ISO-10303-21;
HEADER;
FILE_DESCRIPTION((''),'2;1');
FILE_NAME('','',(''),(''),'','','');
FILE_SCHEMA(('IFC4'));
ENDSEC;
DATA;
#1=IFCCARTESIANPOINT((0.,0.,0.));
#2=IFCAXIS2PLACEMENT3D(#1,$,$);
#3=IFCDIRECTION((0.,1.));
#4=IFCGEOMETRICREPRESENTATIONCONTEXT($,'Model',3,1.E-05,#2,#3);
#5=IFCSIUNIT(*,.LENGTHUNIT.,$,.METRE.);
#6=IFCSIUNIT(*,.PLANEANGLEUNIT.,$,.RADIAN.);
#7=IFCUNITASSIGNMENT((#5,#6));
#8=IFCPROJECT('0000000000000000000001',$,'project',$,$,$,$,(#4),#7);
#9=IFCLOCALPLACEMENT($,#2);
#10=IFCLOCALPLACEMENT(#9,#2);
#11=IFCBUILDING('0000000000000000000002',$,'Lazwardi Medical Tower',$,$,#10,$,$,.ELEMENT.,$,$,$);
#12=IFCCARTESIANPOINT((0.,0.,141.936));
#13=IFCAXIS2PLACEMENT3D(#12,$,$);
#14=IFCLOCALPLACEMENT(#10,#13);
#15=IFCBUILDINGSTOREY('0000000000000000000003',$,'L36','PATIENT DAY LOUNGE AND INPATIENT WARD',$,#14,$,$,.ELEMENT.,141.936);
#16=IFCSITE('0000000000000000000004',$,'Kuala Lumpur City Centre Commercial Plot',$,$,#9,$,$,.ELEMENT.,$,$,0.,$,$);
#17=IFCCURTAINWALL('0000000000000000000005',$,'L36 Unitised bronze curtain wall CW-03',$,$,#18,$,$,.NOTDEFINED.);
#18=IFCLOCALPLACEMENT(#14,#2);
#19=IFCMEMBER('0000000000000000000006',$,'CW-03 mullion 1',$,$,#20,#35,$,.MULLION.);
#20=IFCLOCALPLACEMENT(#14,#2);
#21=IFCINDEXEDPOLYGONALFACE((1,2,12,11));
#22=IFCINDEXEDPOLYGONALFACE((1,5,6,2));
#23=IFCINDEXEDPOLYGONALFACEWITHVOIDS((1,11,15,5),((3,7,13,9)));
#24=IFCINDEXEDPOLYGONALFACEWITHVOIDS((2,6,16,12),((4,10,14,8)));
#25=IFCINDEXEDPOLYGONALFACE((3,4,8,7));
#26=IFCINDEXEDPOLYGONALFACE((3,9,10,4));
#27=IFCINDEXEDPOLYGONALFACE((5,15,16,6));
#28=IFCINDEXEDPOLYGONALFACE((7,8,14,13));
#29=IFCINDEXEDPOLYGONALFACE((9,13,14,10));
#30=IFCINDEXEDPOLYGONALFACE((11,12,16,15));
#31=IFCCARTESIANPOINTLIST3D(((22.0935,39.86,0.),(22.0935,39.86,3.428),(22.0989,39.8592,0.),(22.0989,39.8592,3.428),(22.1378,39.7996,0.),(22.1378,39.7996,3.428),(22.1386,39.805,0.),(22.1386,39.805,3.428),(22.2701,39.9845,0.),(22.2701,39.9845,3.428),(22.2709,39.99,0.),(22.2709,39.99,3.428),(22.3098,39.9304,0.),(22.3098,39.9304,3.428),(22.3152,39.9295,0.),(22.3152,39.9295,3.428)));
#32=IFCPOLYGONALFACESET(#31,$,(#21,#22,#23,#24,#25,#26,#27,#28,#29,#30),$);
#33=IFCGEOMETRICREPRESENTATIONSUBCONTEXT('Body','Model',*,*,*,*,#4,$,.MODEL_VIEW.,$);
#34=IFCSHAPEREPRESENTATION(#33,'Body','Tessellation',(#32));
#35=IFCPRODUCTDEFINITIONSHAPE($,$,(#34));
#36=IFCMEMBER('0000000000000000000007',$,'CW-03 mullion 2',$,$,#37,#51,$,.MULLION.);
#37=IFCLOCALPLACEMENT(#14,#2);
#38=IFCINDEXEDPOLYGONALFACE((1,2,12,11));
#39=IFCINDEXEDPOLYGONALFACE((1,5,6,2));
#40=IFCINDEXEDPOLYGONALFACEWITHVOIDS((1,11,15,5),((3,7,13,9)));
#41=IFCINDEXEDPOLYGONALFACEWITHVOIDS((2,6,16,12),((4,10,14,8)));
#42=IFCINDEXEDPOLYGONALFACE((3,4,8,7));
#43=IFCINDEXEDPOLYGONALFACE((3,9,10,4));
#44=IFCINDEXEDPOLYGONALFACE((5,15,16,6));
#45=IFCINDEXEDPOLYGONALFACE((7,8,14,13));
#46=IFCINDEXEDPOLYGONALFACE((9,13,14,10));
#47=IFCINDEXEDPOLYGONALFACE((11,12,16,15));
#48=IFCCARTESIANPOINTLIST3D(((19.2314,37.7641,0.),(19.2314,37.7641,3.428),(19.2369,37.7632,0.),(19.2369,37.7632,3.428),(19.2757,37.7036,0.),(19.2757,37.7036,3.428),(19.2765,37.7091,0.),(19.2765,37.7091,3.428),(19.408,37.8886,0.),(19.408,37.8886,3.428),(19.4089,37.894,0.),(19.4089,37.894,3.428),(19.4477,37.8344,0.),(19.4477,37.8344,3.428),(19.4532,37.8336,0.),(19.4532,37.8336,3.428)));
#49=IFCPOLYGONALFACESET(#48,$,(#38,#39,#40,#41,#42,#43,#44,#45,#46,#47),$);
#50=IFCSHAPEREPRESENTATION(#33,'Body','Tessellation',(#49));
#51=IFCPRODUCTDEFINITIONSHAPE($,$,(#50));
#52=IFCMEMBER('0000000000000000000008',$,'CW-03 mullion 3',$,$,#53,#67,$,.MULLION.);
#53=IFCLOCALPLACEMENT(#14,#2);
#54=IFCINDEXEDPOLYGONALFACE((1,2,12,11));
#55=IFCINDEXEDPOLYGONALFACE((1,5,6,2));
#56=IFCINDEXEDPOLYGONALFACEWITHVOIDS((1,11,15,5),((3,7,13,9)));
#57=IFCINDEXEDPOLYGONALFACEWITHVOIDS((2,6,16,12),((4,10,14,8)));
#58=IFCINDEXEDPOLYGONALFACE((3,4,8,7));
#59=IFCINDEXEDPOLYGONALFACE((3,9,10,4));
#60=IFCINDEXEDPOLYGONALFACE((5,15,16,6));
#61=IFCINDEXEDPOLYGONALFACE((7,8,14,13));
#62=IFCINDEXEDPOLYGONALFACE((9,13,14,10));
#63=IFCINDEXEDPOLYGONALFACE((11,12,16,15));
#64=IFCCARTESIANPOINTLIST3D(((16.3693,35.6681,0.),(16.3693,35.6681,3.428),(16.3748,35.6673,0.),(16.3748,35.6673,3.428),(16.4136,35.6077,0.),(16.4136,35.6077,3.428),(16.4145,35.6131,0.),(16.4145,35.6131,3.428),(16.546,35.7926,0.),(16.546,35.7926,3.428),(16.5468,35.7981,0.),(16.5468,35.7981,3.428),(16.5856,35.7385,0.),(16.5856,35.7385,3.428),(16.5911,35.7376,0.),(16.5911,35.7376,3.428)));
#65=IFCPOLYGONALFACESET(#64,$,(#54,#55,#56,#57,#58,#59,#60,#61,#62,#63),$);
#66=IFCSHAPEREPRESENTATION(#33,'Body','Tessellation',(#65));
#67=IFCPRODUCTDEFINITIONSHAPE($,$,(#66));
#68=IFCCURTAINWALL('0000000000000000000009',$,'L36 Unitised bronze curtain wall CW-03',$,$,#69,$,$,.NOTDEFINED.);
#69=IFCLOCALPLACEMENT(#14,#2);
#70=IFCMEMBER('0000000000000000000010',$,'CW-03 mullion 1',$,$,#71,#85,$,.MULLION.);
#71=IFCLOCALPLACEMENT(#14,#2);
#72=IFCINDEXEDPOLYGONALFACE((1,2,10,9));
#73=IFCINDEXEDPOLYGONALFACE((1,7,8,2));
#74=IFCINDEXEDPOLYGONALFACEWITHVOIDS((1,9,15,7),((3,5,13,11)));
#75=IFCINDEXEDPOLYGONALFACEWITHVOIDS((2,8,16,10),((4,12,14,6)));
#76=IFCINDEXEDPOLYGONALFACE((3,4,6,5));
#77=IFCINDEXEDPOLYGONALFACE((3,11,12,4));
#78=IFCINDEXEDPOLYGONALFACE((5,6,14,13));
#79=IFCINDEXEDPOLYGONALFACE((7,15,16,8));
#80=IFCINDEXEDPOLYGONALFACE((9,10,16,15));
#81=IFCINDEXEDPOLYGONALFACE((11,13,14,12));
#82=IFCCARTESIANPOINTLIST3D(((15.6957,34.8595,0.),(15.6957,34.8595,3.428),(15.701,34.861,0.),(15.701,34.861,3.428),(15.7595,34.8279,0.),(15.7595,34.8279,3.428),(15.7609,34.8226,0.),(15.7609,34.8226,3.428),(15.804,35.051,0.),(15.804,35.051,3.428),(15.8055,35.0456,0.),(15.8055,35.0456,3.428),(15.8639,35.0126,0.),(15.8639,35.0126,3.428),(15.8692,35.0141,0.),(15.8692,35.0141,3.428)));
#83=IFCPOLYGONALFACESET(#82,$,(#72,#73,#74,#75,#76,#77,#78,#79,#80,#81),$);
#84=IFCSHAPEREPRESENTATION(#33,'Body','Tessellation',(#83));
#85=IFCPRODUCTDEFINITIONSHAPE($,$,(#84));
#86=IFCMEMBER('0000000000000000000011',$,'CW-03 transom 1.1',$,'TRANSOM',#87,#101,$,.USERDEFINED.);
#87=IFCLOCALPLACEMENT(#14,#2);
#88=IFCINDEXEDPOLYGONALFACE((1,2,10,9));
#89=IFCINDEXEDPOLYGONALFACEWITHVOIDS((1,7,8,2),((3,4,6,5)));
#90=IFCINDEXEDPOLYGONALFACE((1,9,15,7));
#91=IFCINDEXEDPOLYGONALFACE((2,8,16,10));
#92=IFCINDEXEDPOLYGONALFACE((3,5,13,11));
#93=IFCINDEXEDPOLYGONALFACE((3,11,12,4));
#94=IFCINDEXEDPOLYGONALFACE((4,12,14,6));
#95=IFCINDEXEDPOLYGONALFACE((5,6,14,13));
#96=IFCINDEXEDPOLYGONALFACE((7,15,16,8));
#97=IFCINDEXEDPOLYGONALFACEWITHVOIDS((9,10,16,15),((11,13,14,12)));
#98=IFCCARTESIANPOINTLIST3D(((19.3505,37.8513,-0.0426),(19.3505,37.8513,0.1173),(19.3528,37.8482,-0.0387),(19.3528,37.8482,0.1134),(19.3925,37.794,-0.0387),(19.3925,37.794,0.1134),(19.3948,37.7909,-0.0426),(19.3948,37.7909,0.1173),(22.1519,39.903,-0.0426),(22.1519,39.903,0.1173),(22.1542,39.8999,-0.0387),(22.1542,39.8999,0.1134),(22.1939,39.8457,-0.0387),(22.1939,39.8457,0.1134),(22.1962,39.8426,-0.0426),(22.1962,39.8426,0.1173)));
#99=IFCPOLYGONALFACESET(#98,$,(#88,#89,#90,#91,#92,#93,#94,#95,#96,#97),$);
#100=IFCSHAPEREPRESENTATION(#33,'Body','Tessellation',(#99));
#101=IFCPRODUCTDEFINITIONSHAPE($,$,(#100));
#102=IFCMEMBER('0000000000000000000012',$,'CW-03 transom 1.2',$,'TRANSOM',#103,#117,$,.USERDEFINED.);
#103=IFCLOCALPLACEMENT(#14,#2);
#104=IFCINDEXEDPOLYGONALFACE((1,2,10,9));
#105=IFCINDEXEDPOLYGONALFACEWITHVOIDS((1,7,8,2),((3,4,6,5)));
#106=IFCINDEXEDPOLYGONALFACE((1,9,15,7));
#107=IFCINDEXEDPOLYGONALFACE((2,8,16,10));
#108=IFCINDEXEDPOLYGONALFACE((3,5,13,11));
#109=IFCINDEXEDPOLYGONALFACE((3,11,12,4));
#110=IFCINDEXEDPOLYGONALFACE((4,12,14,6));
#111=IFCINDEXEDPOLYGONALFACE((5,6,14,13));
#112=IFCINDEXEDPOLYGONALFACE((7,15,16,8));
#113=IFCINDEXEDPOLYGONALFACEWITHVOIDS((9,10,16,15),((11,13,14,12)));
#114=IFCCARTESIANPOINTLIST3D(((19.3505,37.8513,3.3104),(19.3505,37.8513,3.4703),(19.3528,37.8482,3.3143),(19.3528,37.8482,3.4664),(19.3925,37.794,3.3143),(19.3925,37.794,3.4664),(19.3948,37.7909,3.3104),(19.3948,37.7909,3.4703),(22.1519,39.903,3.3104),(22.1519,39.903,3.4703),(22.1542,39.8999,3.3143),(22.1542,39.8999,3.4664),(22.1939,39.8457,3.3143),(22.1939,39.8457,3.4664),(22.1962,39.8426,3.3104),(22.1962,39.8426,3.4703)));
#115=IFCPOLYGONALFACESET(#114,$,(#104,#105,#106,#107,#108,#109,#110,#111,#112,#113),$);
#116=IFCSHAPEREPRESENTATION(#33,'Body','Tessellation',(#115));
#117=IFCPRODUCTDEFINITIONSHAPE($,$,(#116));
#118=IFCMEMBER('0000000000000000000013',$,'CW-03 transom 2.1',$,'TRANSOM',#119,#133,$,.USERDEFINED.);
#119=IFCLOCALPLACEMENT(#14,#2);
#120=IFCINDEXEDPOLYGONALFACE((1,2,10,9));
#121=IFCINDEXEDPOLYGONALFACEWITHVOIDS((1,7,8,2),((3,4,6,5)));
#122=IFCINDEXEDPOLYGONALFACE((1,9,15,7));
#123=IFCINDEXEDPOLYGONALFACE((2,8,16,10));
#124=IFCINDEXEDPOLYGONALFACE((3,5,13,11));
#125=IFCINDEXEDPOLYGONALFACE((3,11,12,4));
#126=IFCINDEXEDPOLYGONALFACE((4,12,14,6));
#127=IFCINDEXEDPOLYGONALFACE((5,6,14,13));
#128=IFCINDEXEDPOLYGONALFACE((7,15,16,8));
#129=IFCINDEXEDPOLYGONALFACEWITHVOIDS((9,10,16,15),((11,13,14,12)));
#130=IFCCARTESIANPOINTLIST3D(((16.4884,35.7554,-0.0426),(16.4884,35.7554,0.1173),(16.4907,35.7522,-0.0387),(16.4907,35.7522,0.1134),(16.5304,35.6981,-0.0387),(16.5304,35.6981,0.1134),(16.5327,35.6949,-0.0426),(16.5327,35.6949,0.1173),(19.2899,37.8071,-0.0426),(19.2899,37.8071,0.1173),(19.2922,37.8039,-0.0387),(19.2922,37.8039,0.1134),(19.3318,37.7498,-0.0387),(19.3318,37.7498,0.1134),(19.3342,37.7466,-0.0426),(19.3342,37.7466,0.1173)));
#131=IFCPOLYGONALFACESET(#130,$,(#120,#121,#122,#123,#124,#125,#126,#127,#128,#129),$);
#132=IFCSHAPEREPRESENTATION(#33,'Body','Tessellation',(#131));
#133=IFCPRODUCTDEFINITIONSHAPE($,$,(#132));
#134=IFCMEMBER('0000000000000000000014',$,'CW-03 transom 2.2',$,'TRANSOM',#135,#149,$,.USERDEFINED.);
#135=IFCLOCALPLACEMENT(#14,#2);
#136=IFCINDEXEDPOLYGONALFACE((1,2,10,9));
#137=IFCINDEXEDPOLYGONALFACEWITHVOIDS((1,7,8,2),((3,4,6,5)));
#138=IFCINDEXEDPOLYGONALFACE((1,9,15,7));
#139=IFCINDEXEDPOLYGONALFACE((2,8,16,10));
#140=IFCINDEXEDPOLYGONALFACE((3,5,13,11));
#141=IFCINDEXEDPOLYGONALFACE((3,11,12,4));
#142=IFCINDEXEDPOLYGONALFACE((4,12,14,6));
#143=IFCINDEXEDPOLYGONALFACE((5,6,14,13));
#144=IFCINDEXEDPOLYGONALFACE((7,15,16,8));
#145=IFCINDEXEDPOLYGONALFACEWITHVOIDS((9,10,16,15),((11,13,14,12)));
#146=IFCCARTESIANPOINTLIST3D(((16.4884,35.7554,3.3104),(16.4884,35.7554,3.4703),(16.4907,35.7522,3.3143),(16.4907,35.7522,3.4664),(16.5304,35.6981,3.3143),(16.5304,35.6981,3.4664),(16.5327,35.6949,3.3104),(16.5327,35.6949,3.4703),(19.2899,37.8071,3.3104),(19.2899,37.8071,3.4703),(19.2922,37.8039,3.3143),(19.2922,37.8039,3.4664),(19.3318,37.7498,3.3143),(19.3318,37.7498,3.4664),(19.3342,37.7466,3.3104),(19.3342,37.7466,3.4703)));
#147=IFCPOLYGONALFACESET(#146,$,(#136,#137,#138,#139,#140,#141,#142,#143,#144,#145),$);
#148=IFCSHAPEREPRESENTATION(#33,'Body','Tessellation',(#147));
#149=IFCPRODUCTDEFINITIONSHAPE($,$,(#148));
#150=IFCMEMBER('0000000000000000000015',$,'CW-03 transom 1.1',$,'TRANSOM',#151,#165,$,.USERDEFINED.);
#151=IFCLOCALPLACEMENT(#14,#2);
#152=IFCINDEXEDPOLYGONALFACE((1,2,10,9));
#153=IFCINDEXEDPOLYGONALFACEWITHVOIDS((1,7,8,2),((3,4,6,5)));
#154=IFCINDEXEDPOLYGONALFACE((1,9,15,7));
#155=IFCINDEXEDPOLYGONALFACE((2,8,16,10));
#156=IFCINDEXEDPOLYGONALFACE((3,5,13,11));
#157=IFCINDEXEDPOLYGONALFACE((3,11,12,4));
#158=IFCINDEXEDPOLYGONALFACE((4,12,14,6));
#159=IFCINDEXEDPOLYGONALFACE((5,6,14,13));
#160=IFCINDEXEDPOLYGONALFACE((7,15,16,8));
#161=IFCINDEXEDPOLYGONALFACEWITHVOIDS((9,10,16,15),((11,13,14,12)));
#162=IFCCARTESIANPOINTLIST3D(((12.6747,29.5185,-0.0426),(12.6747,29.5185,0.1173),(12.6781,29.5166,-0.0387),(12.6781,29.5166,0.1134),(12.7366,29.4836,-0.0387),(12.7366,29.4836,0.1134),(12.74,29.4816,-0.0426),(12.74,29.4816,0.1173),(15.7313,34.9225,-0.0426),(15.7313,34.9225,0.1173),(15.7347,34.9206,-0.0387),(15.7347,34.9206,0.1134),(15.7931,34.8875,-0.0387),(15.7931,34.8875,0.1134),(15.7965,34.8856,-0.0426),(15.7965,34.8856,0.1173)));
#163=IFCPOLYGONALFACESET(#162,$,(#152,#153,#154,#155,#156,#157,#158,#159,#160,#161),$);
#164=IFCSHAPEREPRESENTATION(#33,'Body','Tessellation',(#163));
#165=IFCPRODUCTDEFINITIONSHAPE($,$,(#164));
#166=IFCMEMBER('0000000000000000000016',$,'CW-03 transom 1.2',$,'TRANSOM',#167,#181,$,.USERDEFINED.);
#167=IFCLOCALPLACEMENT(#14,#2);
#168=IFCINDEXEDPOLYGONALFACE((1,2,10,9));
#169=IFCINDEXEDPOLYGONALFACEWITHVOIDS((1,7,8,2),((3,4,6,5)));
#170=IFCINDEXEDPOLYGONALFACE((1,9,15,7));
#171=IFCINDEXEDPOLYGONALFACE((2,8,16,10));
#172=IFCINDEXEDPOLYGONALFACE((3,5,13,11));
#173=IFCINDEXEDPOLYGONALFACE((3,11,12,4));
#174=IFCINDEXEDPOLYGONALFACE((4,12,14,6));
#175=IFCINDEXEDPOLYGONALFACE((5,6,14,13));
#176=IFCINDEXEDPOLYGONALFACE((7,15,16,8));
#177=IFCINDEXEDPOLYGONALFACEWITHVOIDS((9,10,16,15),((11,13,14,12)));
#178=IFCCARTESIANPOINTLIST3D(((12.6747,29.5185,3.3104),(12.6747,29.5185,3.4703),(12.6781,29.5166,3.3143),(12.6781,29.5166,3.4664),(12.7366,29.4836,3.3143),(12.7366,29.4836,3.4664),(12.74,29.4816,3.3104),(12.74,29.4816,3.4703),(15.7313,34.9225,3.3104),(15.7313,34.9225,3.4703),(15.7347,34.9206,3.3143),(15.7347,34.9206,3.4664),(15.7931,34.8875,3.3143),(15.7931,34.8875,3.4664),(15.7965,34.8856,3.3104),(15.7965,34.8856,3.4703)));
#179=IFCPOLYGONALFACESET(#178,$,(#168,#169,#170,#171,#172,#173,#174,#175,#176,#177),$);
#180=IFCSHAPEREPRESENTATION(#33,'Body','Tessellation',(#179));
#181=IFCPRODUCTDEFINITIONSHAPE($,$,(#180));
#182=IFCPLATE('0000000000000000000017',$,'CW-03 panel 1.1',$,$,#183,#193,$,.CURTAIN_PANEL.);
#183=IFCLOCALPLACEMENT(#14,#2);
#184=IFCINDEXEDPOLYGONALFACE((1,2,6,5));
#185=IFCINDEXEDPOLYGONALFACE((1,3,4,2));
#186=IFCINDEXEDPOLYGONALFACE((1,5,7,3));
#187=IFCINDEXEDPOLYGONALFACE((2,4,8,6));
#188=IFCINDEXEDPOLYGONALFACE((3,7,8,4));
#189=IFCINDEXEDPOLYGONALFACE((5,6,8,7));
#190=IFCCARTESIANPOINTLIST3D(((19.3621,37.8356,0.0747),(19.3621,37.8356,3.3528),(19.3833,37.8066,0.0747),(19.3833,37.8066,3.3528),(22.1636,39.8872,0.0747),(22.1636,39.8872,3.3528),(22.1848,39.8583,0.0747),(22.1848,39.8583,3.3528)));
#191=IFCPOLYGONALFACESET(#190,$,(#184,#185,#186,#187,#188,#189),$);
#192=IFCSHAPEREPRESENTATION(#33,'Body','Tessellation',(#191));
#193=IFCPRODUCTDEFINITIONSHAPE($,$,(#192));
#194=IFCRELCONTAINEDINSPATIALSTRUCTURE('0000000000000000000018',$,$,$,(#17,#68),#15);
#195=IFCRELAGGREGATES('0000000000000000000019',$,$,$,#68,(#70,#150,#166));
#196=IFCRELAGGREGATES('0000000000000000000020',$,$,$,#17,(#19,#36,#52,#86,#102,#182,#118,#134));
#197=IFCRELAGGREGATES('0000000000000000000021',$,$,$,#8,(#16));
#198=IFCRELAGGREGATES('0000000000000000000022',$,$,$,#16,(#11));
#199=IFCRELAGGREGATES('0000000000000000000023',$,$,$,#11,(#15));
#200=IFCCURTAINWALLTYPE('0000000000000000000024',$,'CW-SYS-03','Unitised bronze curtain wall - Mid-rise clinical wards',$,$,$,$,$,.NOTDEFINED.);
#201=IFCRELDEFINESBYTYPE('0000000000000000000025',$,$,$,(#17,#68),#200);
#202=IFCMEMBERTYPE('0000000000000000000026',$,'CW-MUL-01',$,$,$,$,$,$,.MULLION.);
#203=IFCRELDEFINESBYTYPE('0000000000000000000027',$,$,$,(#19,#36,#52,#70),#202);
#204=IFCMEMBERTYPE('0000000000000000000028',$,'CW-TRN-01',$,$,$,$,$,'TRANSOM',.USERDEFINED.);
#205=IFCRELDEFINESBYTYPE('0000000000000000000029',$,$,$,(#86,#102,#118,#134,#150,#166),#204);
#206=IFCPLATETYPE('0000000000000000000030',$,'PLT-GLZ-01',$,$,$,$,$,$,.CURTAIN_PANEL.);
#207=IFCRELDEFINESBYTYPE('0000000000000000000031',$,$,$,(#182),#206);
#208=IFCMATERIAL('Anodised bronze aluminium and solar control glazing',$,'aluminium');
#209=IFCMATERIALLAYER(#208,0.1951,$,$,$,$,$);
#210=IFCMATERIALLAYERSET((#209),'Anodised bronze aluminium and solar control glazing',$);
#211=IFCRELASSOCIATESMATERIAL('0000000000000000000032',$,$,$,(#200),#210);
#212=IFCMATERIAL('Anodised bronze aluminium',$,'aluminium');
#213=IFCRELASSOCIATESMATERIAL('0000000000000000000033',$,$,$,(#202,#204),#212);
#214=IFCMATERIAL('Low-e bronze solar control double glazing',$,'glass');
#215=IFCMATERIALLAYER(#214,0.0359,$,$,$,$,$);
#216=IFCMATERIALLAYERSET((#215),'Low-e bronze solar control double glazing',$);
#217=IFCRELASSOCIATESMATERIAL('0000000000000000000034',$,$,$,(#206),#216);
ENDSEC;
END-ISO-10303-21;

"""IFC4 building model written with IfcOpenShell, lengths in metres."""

from ifc_helpers import new_model, si_unit, direction, frame, origin, origin_2d, place, context, subcontext, project, spatial, rectangle, hollow_rectangle, extrude, material, layer, layer_set, material_profile, profile_set, type_object, element, aggregate, save


model = new_model("IFC4")

# Units and contexts
model_context = context("Model", 3, precision=1e-05, world=origin(), true_north=direction((0.0, 1.0)))
body_context = subcontext(model_context, "Body", "Model", "MODEL_VIEW")
ifc_project = project(units=[si_unit("LENGTHUNIT", "METRE"), si_unit("PLANEANGLEUNIT", "RADIAN")], contexts=[model_context])

# Site, building, storey
site_placement = place(None, origin())
site = spatial("IfcSite", under=ifc_project, at=site_placement, Name="Kuala Lumpur City Centre Commercial Plot", CompositionType="ELEMENT", RefElevation=0.0)
building_placement = place(site_placement, origin())
building = spatial("IfcBuilding", under=site, at=building_placement, Name="Lazwardi Medical Tower", CompositionType="ELEMENT")
storey_placement = place(building_placement, frame((0.0, 0.0, 141.936)))
storey = spatial("IfcBuildingStorey", under=building, at=storey_placement, Name="L36", Description="PATIENT DAY LOUNGE AND INPATIENT WARD", CompositionType="ELEMENT", Elevation=141.936)

# Shared definitions
ifc_material_1 = material(Name="Anodised bronze aluminium and solar control glazing", Category="aluminium")
ifc_layer_1 = layer(ifc_material_1, 0.1951)
ifc_layer_set_1 = layer_set([ifc_layer_1], Name="Anodised bronze aluminium and solar control glazing")
curtain_wall_type = type_object("IfcCurtainWallType", Name="CW-SYS-03", Description="Unitised bronze curtain wall - Mid-rise clinical wards", PredefinedType="NOTDEFINED", material=ifc_layer_set_1)
ifc_material_2 = material(Name="Anodised bronze aluminium", Category="aluminium")
ifc_material_profile_1 = material_profile(ifc_material_2, hollow_rectangle(XDim=0.075, YDim=0.22, WallThickness=0.0039, at=origin_2d()), Name="ALU-MULLION 220x75x4")
ifc_profile_set_1 = profile_set([ifc_material_profile_1], Name="Anodised bronze aluminium")
member_type_1 = type_object("IfcMemberType", Name="CW-MUL-01", PredefinedType="MULLION", material=ifc_profile_set_1)

# Curtain wall, members
curtain_wall_1_placement = place(storey_placement, origin())
curtain_wall_1 = element("IfcCurtainWall", 1, at=curtain_wall_1_placement, inside=storey, type_object=curtain_wall_type, Name="L36 Unitised bronze curtain wall CW-03", PredefinedType="NOTDEFINED")
member_1_placement = place(storey_placement, frame((22.2043, 39.8948, 0.0), z_axis=(0.0, 0.0, 1.0), x_axis=(0.590834, -0.806793, 0.0)))
member_1 = element("IfcMember", 2, at=member_1_placement, type_object=member_type_1, Name="CW-03 mullion 1", PredefinedType="MULLION", context=body_context, shape_type="SweptSolid", body=[
    extrude(hollow_rectangle(XDim=0.075, YDim=0.22, WallThickness=0.0039, at=origin_2d()), origin(), (0.0, 0.0, 1.0), 3.428),
])
member_2_placement = place(storey_placement, frame((19.3423, 37.7988, 0.0), z_axis=(0.0, 0.0, 1.0), x_axis=(0.590834, -0.806793, 0.0)))
member_2 = element("IfcMember", 3, at=member_2_placement, type_object=member_type_1, Name="CW-03 mullion 2", PredefinedType="MULLION", context=body_context, shape_type="SweptSolid", body=[
    extrude(hollow_rectangle(XDim=0.075, YDim=0.22, WallThickness=0.0039, at=origin_2d()), origin(), (0.0, 0.0, 1.0), 3.428),
])
member_3_placement = place(storey_placement, frame((16.4802, 35.7029, 0.0), z_axis=(0.0, 0.0, 1.0), x_axis=(0.590834, -0.806793, 0.0)))
member_3 = element("IfcMember", 4, at=member_3_placement, type_object=member_type_1, Name="CW-03 mullion 3", PredefinedType="MULLION", context=body_context, shape_type="SweptSolid", body=[
    extrude(hollow_rectangle(XDim=0.075, YDim=0.22, WallThickness=0.0039, at=origin_2d()), origin(), (0.0, 0.0, 1.0), 3.428),
])

# Curtain wall, member
curtain_wall_2_placement = place(storey_placement, origin())
curtain_wall_2 = element("IfcCurtainWall", 5, at=curtain_wall_2_placement, inside=storey, type_object=curtain_wall_type, Name="L36 Unitised bronze curtain wall CW-03", PredefinedType="NOTDEFINED")
member_4_placement = place(storey_placement, frame((15.7825, 34.9368, 0.0), z_axis=(0.0, 0.0, 1.0), x_axis=(0.870419, -0.492312, 0.0)))
member_4 = element("IfcMember", 6, at=member_4_placement, type_object=member_type_1, Name="CW-03 mullion 1", PredefinedType="MULLION", context=body_context, shape_type="SweptSolid", body=[
    extrude(hollow_rectangle(XDim=0.075, YDim=0.22, WallThickness=0.0039, at=origin_2d()), origin(), (0.0, 0.0, 1.0), 3.428),
])

# Members
ifc_material_profile_2 = material_profile(ifc_material_2, hollow_rectangle(XDim=0.075, YDim=0.1599, WallThickness=0.0039, at=origin_2d()), Name="ALU-TRANSOM 160x75x4")
ifc_profile_set_2 = profile_set([ifc_material_profile_2], Name="Anodised bronze aluminium")
member_type_2 = type_object("IfcMemberType", Name="CW-TRN-01", ElementType="TRANSOM", PredefinedType="USERDEFINED", material=ifc_profile_set_2)
member_5_placement = place(storey_placement, frame((22.1741, 39.8728, 0.0374), z_axis=(-0.806774, -0.590861, 0.0), x_axis=(0.590861, -0.806774, 0.0)))
member_5 = element("IfcMember", 7, at=member_5_placement, type_object=member_type_2, Name="CW-03 transom 1.1", ObjectType="TRANSOM", PredefinedType="USERDEFINED", context=body_context, shape_type="SweptSolid", body=[
    extrude(hollow_rectangle(XDim=0.075, YDim=0.1599, WallThickness=0.0039, at=origin_2d()), origin(), (0.0, 0.0, 1.0), 3.4724),
])
member_6_placement = place(storey_placement, frame((22.1741, 39.8728, 3.3904), z_axis=(-0.806774, -0.590861, 0.0), x_axis=(0.590861, -0.806774, 0.0)))
member_6 = element("IfcMember", 8, at=member_6_placement, type_object=member_type_2, Name="CW-03 transom 1.2", ObjectType="TRANSOM", PredefinedType="USERDEFINED", context=body_context, shape_type="SweptSolid", body=[
    extrude(hollow_rectangle(XDim=0.075, YDim=0.1599, WallThickness=0.0039, at=origin_2d()), origin(), (0.0, 0.0, 1.0), 3.4724),
])
member_7_placement = place(storey_placement, frame((19.312, 37.7769, 0.0374), z_axis=(-0.806774, -0.590861, 0.0), x_axis=(0.590861, -0.806774, 0.0)))
member_7 = element("IfcMember", 9, at=member_7_placement, type_object=member_type_2, Name="CW-03 transom 2.1", ObjectType="TRANSOM", PredefinedType="USERDEFINED", context=body_context, shape_type="SweptSolid", body=[
    extrude(hollow_rectangle(XDim=0.075, YDim=0.1599, WallThickness=0.0039, at=origin_2d()), origin(), (0.0, 0.0, 1.0), 3.4724),
])
member_8_placement = place(storey_placement, frame((19.312, 37.7769, 3.3904), z_axis=(-0.806774, -0.590861, 0.0), x_axis=(0.590861, -0.806774, 0.0)))
member_8 = element("IfcMember", 10, at=member_8_placement, type_object=member_type_2, Name="CW-03 transom 2.2", ObjectType="TRANSOM", PredefinedType="USERDEFINED", context=body_context, shape_type="SweptSolid", body=[
    extrude(hollow_rectangle(XDim=0.075, YDim=0.1599, WallThickness=0.0039, at=origin_2d()), origin(), (0.0, 0.0, 1.0), 3.4724),
])
member_9_placement = place(storey_placement, frame((15.7639, 34.9041, 0.0374), z_axis=(-0.492323, -0.870413, 0.0), x_axis=(0.870413, -0.492323, 0.0)))
member_9 = element("IfcMember", 11, at=member_9_placement, type_object=member_type_2, Name="CW-03 transom 1.1", ObjectType="TRANSOM", PredefinedType="USERDEFINED", context=body_context, shape_type="SweptSolid", body=[
    extrude(hollow_rectangle(XDim=0.075, YDim=0.1599, WallThickness=0.0039, at=origin_2d()), origin(), (0.0, 0.0, 1.0), 6.2085),
])
member_10_placement = place(storey_placement, frame((15.7639, 34.9041, 3.3904), z_axis=(-0.492323, -0.870413, 0.0), x_axis=(0.870413, -0.492323, 0.0)))
member_10 = element("IfcMember", 12, at=member_10_placement, type_object=member_type_2, Name="CW-03 transom 1.2", ObjectType="TRANSOM", PredefinedType="USERDEFINED", context=body_context, shape_type="SweptSolid", body=[
    extrude(hollow_rectangle(XDim=0.075, YDim=0.1599, WallThickness=0.0039, at=origin_2d()), origin(), (0.0, 0.0, 1.0), 6.2085),
])
aggregate(curtain_wall_2, [member_4, member_9, member_10])

# Plate
ifc_material_3 = material(Name="Low-e bronze solar control double glazing", Category="glass")
ifc_layer_2 = layer(ifc_material_3, 0.0359)
ifc_layer_set_2 = layer_set([ifc_layer_2], Name="Low-e bronze solar control double glazing")
plate_type = type_object("IfcPlateType", Name="PLT-GLZ-01", PredefinedType="CURTAIN_PANEL", material=ifc_layer_set_2)
plate_1_placement = place(storey_placement, frame((20.7734, 38.8469, 0.0747), z_axis=(0.0, 0.0, 1.0), x_axis=(-0.806793, -0.590834, 0.0)))
plate_1 = element("IfcPlate", 13, at=plate_1_placement, type_object=plate_type, Name="CW-03 panel 1.1", PredefinedType="CURTAIN_PANEL", context=body_context, shape_type="SweptSolid", body=[
    extrude(rectangle(XDim=3.4724, YDim=0.0359, at=origin_2d()), origin(), (0.0, 0.0, 1.0), 3.2781),
])
aggregate(curtain_wall_1, [member_1, member_2, member_3, member_5, member_6, plate_1, member_7, member_8])

save(model, "model.ifc")
